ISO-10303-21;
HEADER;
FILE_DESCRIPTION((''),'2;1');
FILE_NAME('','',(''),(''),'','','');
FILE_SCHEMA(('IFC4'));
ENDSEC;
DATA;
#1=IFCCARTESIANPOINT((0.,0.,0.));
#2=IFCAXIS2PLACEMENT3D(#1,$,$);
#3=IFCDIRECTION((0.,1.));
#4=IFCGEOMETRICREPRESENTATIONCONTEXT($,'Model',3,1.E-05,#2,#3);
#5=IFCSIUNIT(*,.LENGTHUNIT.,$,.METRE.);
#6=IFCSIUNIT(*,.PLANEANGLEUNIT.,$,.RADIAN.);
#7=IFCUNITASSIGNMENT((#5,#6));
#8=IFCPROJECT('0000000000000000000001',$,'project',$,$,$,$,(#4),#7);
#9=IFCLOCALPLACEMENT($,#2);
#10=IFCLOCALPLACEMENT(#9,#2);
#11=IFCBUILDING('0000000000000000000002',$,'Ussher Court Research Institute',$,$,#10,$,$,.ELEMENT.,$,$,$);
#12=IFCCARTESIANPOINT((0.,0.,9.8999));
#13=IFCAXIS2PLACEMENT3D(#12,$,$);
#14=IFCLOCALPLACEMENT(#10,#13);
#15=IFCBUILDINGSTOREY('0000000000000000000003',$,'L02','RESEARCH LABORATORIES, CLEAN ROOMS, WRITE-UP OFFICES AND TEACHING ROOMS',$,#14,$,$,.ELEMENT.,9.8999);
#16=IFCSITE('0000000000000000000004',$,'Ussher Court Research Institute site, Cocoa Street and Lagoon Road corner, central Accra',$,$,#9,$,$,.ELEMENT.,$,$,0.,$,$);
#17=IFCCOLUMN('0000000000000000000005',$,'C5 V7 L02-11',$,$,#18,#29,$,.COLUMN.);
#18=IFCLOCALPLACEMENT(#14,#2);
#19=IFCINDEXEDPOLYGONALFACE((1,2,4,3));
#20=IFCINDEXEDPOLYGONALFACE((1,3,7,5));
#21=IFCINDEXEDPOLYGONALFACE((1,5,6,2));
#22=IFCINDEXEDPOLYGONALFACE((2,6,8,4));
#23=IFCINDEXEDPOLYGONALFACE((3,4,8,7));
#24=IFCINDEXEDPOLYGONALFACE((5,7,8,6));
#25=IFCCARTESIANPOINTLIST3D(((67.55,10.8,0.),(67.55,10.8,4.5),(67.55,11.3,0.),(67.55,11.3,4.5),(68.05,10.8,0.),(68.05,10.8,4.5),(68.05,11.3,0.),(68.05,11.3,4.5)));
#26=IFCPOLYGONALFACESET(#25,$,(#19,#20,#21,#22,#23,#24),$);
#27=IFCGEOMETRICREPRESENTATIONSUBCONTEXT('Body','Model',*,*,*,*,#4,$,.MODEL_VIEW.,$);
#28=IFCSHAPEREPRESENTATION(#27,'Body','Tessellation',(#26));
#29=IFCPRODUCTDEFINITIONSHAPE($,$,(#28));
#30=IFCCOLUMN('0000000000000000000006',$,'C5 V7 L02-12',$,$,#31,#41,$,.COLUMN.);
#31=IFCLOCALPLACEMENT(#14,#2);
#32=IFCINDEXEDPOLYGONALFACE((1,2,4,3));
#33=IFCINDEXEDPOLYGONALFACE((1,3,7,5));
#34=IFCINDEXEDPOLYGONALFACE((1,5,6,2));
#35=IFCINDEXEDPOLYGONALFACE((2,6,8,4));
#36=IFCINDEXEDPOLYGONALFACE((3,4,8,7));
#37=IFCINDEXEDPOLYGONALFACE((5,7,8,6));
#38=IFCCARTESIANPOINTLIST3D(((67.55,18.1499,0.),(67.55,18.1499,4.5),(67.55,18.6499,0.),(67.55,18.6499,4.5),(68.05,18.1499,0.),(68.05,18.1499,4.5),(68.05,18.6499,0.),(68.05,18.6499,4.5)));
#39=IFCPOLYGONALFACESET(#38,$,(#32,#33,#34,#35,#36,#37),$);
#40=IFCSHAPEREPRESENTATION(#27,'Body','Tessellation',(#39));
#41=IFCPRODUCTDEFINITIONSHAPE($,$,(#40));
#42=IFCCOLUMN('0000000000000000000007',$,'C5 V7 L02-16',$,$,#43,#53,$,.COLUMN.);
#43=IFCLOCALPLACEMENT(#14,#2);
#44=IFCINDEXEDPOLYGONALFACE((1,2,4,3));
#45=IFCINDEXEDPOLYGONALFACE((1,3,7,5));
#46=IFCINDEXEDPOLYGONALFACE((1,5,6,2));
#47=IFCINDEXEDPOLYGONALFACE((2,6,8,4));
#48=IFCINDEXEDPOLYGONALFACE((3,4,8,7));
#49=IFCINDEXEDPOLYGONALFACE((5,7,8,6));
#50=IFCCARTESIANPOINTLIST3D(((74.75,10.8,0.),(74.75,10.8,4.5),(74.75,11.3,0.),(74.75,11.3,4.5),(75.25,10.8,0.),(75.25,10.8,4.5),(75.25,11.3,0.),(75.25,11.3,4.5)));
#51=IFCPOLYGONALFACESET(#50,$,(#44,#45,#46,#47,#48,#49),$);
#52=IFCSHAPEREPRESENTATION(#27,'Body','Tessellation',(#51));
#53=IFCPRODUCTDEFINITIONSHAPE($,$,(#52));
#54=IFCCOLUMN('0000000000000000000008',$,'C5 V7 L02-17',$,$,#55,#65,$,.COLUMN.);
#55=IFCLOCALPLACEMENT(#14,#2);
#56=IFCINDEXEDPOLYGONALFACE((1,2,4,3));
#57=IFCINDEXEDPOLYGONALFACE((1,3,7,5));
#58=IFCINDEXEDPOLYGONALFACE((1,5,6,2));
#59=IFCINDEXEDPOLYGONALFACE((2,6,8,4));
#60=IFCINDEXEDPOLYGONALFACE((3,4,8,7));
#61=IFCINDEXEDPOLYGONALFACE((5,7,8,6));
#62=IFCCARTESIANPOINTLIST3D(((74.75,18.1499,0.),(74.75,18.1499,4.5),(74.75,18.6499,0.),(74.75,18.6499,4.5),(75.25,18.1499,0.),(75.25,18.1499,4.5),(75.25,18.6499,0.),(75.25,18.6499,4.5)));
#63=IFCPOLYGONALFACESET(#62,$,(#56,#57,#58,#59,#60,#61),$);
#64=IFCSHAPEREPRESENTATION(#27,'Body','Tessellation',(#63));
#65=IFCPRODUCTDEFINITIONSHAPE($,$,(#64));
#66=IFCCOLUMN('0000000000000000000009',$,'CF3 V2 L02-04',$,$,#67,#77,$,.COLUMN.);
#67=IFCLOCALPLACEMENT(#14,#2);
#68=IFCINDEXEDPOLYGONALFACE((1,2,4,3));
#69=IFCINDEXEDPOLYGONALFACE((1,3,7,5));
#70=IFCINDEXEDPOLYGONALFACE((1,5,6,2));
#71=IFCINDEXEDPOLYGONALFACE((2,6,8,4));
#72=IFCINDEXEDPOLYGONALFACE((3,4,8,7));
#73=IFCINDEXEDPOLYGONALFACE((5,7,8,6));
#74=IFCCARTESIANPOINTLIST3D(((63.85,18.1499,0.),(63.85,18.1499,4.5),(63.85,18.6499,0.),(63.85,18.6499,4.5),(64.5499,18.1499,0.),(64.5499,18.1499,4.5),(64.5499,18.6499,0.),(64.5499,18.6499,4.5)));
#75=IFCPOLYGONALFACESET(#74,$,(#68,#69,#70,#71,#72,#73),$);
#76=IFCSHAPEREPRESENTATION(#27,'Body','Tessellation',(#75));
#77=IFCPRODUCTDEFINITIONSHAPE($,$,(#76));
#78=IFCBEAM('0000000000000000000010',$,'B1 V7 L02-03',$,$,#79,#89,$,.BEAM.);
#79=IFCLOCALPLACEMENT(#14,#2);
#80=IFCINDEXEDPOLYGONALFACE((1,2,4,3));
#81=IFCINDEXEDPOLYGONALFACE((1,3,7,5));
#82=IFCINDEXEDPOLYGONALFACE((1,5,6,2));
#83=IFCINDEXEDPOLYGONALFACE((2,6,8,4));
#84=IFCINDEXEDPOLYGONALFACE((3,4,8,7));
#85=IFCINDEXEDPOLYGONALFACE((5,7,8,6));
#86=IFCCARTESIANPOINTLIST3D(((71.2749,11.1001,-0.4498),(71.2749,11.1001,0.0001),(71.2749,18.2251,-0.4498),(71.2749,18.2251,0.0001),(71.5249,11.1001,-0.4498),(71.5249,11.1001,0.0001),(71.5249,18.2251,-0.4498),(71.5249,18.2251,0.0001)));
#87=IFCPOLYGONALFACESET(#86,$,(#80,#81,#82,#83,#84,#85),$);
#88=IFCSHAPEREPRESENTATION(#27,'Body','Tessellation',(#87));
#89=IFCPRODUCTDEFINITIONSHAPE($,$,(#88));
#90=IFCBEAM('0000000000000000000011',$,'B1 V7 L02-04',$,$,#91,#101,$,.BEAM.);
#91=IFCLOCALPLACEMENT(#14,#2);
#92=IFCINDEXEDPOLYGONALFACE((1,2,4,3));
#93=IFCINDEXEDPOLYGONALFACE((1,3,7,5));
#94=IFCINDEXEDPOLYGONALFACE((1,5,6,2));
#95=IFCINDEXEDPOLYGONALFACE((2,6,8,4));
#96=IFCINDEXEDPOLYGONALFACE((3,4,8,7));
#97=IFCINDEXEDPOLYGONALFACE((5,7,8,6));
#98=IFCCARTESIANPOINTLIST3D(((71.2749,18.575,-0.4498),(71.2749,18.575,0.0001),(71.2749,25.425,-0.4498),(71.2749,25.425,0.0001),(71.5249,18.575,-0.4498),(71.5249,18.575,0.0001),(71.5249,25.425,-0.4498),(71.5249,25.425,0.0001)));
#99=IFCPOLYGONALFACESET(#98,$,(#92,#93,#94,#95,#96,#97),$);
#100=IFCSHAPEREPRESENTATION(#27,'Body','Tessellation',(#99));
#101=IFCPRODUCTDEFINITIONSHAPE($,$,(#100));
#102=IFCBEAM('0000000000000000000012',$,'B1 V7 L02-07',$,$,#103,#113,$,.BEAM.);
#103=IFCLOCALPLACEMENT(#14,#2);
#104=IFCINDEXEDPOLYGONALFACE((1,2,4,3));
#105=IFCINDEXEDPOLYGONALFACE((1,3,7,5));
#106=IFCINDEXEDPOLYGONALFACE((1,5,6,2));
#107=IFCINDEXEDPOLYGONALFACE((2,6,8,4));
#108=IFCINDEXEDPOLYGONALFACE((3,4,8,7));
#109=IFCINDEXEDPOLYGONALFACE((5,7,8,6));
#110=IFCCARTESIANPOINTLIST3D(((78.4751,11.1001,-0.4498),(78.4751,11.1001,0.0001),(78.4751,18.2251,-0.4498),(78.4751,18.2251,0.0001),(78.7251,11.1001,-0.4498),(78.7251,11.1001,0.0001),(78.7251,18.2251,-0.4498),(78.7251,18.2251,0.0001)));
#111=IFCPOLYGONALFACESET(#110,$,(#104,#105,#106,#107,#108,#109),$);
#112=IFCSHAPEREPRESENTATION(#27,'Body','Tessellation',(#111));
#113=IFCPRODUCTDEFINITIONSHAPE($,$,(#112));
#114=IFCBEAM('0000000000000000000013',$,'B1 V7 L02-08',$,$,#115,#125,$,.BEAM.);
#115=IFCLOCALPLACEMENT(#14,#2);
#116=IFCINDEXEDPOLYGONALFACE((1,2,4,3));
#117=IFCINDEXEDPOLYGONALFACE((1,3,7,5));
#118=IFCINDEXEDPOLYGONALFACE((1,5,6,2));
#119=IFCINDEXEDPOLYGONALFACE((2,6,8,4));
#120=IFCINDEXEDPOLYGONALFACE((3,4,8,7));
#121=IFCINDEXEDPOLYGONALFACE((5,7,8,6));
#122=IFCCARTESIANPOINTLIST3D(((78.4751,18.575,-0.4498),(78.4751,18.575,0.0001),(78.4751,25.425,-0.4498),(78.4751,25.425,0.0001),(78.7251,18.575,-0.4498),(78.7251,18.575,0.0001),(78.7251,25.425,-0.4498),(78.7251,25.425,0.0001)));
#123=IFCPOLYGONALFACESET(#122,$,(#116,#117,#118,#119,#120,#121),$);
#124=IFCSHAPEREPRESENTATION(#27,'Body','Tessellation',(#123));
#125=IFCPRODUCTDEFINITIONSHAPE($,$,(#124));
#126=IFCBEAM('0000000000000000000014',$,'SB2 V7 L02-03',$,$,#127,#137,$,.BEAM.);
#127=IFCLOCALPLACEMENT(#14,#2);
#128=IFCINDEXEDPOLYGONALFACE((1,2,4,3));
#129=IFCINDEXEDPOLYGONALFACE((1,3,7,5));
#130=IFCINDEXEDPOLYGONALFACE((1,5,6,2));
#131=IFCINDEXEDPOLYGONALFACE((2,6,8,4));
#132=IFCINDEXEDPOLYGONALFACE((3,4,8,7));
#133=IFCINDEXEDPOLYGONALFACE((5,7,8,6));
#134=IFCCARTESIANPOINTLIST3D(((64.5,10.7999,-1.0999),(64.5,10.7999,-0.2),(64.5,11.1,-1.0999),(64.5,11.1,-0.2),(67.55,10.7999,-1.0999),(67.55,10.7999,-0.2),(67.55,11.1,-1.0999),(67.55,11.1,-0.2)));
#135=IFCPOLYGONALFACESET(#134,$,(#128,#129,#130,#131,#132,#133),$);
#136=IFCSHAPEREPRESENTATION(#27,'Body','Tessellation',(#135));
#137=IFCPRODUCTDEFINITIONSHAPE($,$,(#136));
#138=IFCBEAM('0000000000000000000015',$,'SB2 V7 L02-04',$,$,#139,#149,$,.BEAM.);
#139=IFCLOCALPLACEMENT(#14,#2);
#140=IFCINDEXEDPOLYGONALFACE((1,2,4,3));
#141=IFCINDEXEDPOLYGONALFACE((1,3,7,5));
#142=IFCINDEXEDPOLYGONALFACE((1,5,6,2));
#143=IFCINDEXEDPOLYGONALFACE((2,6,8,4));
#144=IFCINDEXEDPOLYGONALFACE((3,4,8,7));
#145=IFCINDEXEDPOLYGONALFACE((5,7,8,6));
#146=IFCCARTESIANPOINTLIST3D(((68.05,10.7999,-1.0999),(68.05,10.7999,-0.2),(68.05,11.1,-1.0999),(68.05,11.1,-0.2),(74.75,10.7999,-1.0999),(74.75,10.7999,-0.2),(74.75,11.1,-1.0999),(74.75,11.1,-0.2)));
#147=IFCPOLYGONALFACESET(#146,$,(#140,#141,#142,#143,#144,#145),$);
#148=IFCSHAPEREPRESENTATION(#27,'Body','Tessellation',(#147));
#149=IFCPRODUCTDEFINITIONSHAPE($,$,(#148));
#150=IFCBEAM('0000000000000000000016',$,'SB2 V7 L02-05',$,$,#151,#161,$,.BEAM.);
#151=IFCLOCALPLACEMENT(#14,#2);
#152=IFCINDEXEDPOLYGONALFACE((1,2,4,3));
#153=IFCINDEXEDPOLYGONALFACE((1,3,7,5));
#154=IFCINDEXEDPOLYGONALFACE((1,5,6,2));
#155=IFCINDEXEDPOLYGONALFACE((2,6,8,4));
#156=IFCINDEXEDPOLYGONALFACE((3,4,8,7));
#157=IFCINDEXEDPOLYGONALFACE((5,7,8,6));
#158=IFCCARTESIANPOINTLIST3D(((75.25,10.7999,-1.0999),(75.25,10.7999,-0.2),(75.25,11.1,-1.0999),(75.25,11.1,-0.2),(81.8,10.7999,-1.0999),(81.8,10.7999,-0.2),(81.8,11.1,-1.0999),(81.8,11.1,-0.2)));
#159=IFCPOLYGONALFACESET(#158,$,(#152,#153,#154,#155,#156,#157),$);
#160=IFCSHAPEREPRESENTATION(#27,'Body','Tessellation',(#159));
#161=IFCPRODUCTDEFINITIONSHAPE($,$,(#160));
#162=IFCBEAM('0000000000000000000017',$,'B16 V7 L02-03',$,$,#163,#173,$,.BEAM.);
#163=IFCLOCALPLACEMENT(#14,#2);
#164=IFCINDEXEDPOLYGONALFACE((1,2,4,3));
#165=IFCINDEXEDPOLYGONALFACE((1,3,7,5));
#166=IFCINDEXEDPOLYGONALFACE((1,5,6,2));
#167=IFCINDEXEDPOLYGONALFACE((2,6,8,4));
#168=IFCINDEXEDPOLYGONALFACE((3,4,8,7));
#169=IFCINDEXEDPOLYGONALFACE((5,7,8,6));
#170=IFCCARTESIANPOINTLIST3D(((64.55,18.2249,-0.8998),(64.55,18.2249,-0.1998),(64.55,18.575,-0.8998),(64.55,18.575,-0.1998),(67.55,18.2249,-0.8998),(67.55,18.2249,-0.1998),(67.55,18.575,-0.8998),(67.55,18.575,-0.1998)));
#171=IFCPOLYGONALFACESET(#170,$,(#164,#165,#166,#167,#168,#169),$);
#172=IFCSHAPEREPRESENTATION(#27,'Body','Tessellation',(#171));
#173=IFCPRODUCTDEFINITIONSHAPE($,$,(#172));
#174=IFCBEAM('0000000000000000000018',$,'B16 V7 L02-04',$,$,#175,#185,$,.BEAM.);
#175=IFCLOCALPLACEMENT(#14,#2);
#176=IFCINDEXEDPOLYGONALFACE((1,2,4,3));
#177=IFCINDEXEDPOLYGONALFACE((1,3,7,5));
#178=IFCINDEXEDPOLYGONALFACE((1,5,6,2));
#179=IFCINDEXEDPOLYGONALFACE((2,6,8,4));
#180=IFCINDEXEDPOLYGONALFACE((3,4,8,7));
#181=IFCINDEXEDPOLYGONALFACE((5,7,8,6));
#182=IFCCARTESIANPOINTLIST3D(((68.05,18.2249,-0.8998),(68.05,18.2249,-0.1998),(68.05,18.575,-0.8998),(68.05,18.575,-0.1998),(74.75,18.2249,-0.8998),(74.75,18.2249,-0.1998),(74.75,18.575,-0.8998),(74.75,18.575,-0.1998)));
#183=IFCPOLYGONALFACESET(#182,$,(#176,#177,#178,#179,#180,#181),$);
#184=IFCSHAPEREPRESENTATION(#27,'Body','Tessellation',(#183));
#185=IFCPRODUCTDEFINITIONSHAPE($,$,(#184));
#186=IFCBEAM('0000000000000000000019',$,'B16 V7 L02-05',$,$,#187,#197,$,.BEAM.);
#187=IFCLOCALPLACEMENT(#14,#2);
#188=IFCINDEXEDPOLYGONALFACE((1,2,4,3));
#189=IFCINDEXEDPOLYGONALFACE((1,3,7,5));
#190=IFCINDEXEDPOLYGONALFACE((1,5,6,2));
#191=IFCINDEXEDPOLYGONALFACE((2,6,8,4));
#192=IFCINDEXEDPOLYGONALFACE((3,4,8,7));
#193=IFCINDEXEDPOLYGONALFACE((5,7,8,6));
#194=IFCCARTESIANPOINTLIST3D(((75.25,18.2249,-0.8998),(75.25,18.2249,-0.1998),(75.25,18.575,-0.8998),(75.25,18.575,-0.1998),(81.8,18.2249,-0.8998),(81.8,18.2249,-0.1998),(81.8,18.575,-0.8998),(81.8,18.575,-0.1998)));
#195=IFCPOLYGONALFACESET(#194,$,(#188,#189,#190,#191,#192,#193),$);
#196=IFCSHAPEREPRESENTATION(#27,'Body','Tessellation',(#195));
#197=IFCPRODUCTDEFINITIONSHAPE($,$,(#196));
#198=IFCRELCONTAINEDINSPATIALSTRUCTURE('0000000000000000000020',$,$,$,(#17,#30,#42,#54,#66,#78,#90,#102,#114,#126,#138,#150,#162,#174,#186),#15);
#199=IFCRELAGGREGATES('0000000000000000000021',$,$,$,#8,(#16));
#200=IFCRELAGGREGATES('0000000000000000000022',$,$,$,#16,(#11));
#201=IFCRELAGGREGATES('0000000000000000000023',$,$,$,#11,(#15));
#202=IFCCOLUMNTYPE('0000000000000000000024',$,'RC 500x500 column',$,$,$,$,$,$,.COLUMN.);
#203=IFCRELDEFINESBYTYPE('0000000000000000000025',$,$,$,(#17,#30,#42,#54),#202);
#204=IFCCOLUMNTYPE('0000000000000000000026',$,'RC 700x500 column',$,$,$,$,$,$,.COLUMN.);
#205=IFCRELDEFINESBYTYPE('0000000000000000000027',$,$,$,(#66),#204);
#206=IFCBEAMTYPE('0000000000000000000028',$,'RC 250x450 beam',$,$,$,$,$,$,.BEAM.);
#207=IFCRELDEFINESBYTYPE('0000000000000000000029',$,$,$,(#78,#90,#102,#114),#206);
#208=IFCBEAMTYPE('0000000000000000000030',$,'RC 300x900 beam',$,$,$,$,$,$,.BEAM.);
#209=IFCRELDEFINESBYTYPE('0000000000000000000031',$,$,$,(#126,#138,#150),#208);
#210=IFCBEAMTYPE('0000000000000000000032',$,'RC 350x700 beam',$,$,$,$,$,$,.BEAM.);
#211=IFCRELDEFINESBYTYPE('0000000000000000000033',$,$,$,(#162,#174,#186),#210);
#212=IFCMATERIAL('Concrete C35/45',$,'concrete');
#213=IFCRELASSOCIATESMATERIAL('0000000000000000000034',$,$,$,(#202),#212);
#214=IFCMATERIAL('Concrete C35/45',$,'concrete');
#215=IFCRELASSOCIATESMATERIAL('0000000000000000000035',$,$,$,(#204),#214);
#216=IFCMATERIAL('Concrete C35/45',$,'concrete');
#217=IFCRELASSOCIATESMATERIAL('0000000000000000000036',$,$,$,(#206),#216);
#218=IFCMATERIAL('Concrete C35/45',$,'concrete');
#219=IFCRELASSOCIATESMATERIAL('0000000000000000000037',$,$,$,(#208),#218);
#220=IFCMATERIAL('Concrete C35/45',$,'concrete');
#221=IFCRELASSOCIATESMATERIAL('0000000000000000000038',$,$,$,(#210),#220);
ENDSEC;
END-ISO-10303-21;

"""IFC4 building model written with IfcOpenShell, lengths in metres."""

from ifc_helpers import new_model, si_unit, direction, frame, origin, origin_2d, place, context, subcontext, project, spatial, rectangle, extrude, material, material_profile, profile_set, type_object, element, save


model = new_model("IFC4")

# Units and contexts
model_context = context("Model", 3, precision=1e-05, world=origin(), true_north=direction((0.0, 1.0)))
body_context = subcontext(model_context, "Body", "Model", "MODEL_VIEW")
ifc_project = project(units=[si_unit("LENGTHUNIT", "METRE"), si_unit("PLANEANGLEUNIT", "RADIAN")], contexts=[model_context])

# Site, building, storey
site_placement = place(None, origin())
site = spatial("IfcSite", under=ifc_project, at=site_placement, Name="Ussher Court Research Institute site, Cocoa Street and Lagoon Road corner, central Accra", CompositionType="ELEMENT", RefElevation=0.0)
building_placement = place(site_placement, origin())
building = spatial("IfcBuilding", under=site, at=building_placement, Name="Ussher Court Research Institute", CompositionType="ELEMENT")
storey_placement = place(building_placement, frame((0.0, 0.0, 9.8999)))
storey = spatial("IfcBuildingStorey", under=building, at=storey_placement, Name="L02", Description="RESEARCH LABORATORIES, CLEAN ROOMS, WRITE-UP OFFICES AND TEACHING ROOMS", CompositionType="ELEMENT", Elevation=9.8999)

# Columns
ifc_material_1 = material(Name="Concrete C35/45", Category="concrete")
ifc_material_profile_1 = material_profile(ifc_material_1, rectangle(XDim=0.5, YDim=0.5, at=origin_2d()), Name="RC 500x500")
ifc_profile_set_1 = profile_set([ifc_material_profile_1], Name="Concrete C35/45")
column_type_1 = type_object("IfcColumnType", Name="RC 500x500 column", PredefinedType="COLUMN", material=ifc_profile_set_1)
for number, where, z_axis, x_axis, name in (
    (1, (67.8, 11.05, 0.0), (0.0, 0.0, 1.0), (1.0, 0.0, 0.0), "C5 V7 L02-11"),
    (2, (67.8, 18.3999, 0.0), (0.0, 0.0, 1.0), (1.0, 0.0, 0.0), "C5 V7 L02-12"),
    (3, (75.0, 11.05, 0.0), (0.0, 0.0, 1.0), (1.0, 0.0, 0.0), "C5 V7 L02-16"),
    (4, (75.0, 18.3999, 0.0), (0.0, 0.0, 1.0), (1.0, 0.0, 0.0), "C5 V7 L02-17"),
):
    element("IfcColumn", number, at=place(storey_placement, frame(where, z_axis=z_axis, x_axis=x_axis)), inside=storey, type_object=column_type_1, Name=name, PredefinedType="COLUMN", context=body_context, shape_type="SweptSolid", body=[
        extrude(rectangle(XDim=0.5, YDim=0.5, at=origin_2d()), origin(), (0.0, 0.0, 1.0), 4.5),
    ])
ifc_material_2 = material(Name="Concrete C35/45", Category="concrete")
ifc_material_profile_2 = material_profile(ifc_material_2, rectangle(XDim=0.7, YDim=0.5, at=origin_2d()), Name="RC 700x500")
ifc_profile_set_2 = profile_set([ifc_material_profile_2], Name="Concrete C35/45")
column_type_2 = type_object("IfcColumnType", Name="RC 700x500 column", PredefinedType="COLUMN", material=ifc_profile_set_2)
column_placement = place(storey_placement, frame((64.2, 18.3999, 0.0), z_axis=(0.0, 0.0, 1.0), x_axis=(1.0, 0.0, 0.0)))
element("IfcColumn", 5, at=column_placement, inside=storey, type_object=column_type_2, Name="CF3 V2 L02-04", PredefinedType="COLUMN", context=body_context, shape_type="SweptSolid", body=[
    extrude(rectangle(XDim=0.7, YDim=0.5, at=origin_2d()), origin(), (0.0, 0.0, 1.0), 4.5),
])

# Beams
ifc_material_3 = material(Name="Concrete C35/45", Category="concrete")
ifc_material_profile_3 = material_profile(ifc_material_3, rectangle(XDim=0.25, YDim=0.45, at=origin_2d()), Name="RC 250x450")
ifc_profile_set_3 = profile_set([ifc_material_profile_3], Name="Concrete C35/45")
beam_type_1 = type_object("IfcBeamType", Name="RC 250x450 beam", PredefinedType="BEAM", material=ifc_profile_set_3)
beam_1_placement = place(storey_placement, frame((71.3999, 11.1001, -0.2249), z_axis=(0.0, 1.0, 0.0), x_axis=(-1.0, 0.0, 0.0)))
element("IfcBeam", 6, at=beam_1_placement, inside=storey, type_object=beam_type_1, Name="B1 V7 L02-03", PredefinedType="BEAM", context=body_context, shape_type="SweptSolid", body=[
    extrude(rectangle(XDim=0.25, YDim=0.45, at=origin_2d()), origin(), (0.0, 0.0, 1.0), 7.125),
])
beam_2_placement = place(storey_placement, frame((71.3999, 18.575, -0.2249), z_axis=(0.0, 1.0, 0.0), x_axis=(-1.0, 0.0, 0.0)))
element("IfcBeam", 7, at=beam_2_placement, inside=storey, type_object=beam_type_1, Name="B1 V7 L02-04", PredefinedType="BEAM", context=body_context, shape_type="SweptSolid", body=[
    extrude(rectangle(XDim=0.25, YDim=0.45, at=origin_2d()), origin(), (0.0, 0.0, 1.0), 6.8501),
])
beam_3_placement = place(storey_placement, frame((78.6001, 11.1001, -0.2249), z_axis=(0.0, 1.0, 0.0), x_axis=(-1.0, 0.0, 0.0)))
element("IfcBeam", 8, at=beam_3_placement, inside=storey, type_object=beam_type_1, Name="B1 V7 L02-07", PredefinedType="BEAM", context=body_context, shape_type="SweptSolid", body=[
    extrude(rectangle(XDim=0.25, YDim=0.45, at=origin_2d()), origin(), (0.0, 0.0, 1.0), 7.125),
])
beam_4_placement = place(storey_placement, frame((78.6001, 18.575, -0.2249), z_axis=(0.0, 1.0, 0.0), x_axis=(-1.0, 0.0, 0.0)))
element("IfcBeam", 9, at=beam_4_placement, inside=storey, type_object=beam_type_1, Name="B1 V7 L02-08", PredefinedType="BEAM", context=body_context, shape_type="SweptSolid", body=[
    extrude(rectangle(XDim=0.25, YDim=0.45, at=origin_2d()), origin(), (0.0, 0.0, 1.0), 6.8501),
])
ifc_material_4 = material(Name="Concrete C35/45", Category="concrete")
ifc_material_profile_4 = material_profile(ifc_material_4, rectangle(XDim=0.3, YDim=0.8999, at=origin_2d()), Name="RC 300x900")
ifc_profile_set_4 = profile_set([ifc_material_profile_4], Name="Concrete C35/45")
beam_type_2 = type_object("IfcBeamType", Name="RC 300x900 beam", PredefinedType="BEAM", material=ifc_profile_set_4)
beam_5_placement = place(storey_placement, frame((64.5, 10.95, -0.6499), z_axis=(1.0, 0.0, 0.0), x_axis=(0.0, 1.0, 0.0)))
element("IfcBeam", 10, at=beam_5_placement, inside=storey, type_object=beam_type_2, Name="SB2 V7 L02-03", PredefinedType="BEAM", context=body_context, shape_type="SweptSolid", body=[
    extrude(rectangle(XDim=0.3, YDim=0.8999, at=origin_2d()), origin(), (0.0, 0.0, 1.0), 3.05),
])
beam_6_placement = place(storey_placement, frame((68.05, 10.95, -0.6499), z_axis=(1.0, 0.0, 0.0), x_axis=(0.0, 1.0, 0.0)))
element("IfcBeam", 11, at=beam_6_placement, inside=storey, type_object=beam_type_2, Name="SB2 V7 L02-04", PredefinedType="BEAM", context=body_context, shape_type="SweptSolid", body=[
    extrude(rectangle(XDim=0.3, YDim=0.8999, at=origin_2d()), origin(), (0.0, 0.0, 1.0), 6.7),
])
beam_7_placement = place(storey_placement, frame((75.25, 10.95, -0.6499), z_axis=(1.0, 0.0, 0.0), x_axis=(0.0, 1.0, 0.0)))
element("IfcBeam", 12, at=beam_7_placement, inside=storey, type_object=beam_type_2, Name="SB2 V7 L02-05", PredefinedType="BEAM", context=body_context, shape_type="SweptSolid", body=[
    extrude(rectangle(XDim=0.3, YDim=0.8999, at=origin_2d()), origin(), (0.0, 0.0, 1.0), 6.55),
])
ifc_material_5 = material(Name="Concrete C35/45", Category="concrete")
ifc_material_profile_5 = material_profile(ifc_material_5, rectangle(XDim=0.3501, YDim=0.7, at=origin_2d()), Name="RC 350x700")
ifc_profile_set_5 = profile_set([ifc_material_profile_5], Name="Concrete C35/45")
beam_type_3 = type_object("IfcBeamType", Name="RC 350x700 beam", PredefinedType="BEAM", material=ifc_profile_set_5)
beam_8_placement = place(storey_placement, frame((64.55, 18.3999, -0.5498), z_axis=(1.0, 0.0, 0.0), x_axis=(0.0, 1.0, 0.0)))
element("IfcBeam", 13, at=beam_8_placement, inside=storey, type_object=beam_type_3, Name="B16 V7 L02-03", PredefinedType="BEAM", context=body_context, shape_type="SweptSolid", body=[
    extrude(rectangle(XDim=0.3501, YDim=0.7, at=origin_2d()), origin(), (0.0, 0.0, 1.0), 3.0),
])
beam_9_placement = place(storey_placement, frame((68.05, 18.3999, -0.5498), z_axis=(1.0, 0.0, 0.0), x_axis=(0.0, 1.0, 0.0)))
element("IfcBeam", 14, at=beam_9_placement, inside=storey, type_object=beam_type_3, Name="B16 V7 L02-04", PredefinedType="BEAM", context=body_context, shape_type="SweptSolid", body=[
    extrude(rectangle(XDim=0.3501, YDim=0.7, at=origin_2d()), origin(), (0.0, 0.0, 1.0), 6.7),
])
beam_10_placement = place(storey_placement, frame((75.25, 18.3999, -0.5498), z_axis=(1.0, 0.0, 0.0), x_axis=(0.0, 1.0, 0.0)))
element("IfcBeam", 15, at=beam_10_placement, inside=storey, type_object=beam_type_3, Name="B16 V7 L02-05", PredefinedType="BEAM", context=body_context, shape_type="SweptSolid", body=[
    extrude(rectangle(XDim=0.3501, YDim=0.7, at=origin_2d()), origin(), (0.0, 0.0, 1.0), 6.55),
])

save(model, "model.ifc")
